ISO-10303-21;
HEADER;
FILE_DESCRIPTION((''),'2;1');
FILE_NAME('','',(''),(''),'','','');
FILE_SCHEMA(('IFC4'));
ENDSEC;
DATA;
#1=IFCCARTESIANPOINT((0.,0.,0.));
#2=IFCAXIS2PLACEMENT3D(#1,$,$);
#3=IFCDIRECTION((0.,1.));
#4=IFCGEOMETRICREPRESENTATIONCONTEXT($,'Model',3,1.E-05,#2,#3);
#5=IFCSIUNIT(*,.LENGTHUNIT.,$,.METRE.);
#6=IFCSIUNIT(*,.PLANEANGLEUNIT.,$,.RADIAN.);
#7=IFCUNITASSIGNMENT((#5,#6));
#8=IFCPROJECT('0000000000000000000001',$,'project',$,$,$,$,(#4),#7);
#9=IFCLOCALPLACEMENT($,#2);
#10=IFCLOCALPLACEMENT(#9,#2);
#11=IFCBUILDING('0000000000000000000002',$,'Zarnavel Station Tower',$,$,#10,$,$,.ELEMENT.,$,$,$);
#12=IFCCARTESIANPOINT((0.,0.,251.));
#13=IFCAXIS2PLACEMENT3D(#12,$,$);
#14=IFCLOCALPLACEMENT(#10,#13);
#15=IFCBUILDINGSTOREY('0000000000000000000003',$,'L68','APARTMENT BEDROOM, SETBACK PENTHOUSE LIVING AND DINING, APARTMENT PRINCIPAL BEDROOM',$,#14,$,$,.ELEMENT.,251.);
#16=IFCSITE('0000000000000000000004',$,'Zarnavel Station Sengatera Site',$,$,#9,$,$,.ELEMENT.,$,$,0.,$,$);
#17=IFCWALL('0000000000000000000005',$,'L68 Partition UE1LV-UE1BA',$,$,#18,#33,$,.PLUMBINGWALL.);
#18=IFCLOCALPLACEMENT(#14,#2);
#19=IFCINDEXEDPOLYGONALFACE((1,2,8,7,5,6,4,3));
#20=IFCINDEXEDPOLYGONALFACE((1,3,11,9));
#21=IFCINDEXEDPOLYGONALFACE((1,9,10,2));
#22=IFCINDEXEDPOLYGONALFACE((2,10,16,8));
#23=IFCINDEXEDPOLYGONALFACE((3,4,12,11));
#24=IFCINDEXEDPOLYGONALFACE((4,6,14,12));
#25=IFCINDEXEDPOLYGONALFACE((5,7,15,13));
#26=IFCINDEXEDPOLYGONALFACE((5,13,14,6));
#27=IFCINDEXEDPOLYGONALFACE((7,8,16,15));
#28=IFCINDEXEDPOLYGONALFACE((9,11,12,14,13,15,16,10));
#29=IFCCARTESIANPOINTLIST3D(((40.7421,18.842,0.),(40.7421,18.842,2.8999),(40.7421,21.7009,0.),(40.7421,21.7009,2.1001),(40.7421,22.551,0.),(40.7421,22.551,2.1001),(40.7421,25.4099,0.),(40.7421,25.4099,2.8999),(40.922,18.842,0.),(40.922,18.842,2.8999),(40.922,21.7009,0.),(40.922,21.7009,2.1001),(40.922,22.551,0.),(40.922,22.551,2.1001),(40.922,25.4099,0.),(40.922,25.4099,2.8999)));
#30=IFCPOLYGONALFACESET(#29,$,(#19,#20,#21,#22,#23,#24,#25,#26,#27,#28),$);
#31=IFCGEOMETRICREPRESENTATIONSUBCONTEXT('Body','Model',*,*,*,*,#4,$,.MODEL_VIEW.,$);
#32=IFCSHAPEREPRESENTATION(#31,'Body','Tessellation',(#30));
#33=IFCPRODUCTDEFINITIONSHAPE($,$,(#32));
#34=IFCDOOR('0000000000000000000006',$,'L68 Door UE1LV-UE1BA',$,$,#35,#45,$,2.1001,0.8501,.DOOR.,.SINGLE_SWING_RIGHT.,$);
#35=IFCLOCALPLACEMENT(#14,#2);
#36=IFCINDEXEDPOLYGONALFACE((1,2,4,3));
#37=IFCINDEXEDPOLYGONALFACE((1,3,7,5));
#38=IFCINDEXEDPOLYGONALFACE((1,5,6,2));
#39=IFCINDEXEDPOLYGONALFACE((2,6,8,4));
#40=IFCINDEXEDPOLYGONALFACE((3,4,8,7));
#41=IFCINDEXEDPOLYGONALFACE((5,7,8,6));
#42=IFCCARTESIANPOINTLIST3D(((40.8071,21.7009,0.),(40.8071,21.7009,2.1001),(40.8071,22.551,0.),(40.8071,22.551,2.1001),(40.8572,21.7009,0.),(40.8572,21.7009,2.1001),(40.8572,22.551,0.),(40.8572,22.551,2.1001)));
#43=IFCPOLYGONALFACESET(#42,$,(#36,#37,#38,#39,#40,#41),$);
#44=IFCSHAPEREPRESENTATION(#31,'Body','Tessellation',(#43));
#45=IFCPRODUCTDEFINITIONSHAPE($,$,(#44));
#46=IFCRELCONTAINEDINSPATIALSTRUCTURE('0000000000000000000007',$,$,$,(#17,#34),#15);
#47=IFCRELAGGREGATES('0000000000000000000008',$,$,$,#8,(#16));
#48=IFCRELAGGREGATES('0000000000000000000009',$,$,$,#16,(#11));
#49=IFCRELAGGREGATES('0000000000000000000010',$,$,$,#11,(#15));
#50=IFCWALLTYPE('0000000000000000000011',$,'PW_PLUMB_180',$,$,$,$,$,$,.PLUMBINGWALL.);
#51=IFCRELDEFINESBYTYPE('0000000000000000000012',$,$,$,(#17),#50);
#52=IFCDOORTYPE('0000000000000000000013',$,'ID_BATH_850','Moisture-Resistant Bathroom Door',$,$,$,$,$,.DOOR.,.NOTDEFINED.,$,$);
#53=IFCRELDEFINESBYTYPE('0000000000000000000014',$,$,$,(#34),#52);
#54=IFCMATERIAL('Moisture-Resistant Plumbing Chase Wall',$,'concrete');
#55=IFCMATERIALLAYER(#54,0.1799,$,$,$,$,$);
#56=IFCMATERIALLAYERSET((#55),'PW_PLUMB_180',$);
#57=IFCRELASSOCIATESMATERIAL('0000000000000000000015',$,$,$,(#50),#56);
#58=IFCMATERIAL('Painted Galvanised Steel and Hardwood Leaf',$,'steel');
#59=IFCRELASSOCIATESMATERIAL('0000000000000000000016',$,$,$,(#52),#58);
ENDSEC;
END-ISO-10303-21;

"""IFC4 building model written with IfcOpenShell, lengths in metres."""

from ifc_helpers import new_model, si_unit, direction, frame, frame_2d, origin, place, context, subcontext, project, spatial, rectangle, extrude, material, layer, layer_set, type_object, element, fill, save


model = new_model("IFC4")

# Units and contexts
model_context = context("Model", 3, precision=1e-05, world=origin(), true_north=direction((0.0, 1.0)))
body_context = subcontext(model_context, "Body", "Model", "MODEL_VIEW")
ifc_project = project(units=[si_unit("LENGTHUNIT", "METRE"), si_unit("PLANEANGLEUNIT", "RADIAN")], contexts=[model_context])

# Site, building, storey
site_placement = place(None, origin())
site = spatial("IfcSite", under=ifc_project, at=site_placement, Name="Zarnavel Station Sengatera Site", CompositionType="ELEMENT", RefElevation=0.0)
building_placement = place(site_placement, origin())
building = spatial("IfcBuilding", under=site, at=building_placement, Name="Zarnavel Station Tower", CompositionType="ELEMENT")
storey_placement = place(building_placement, frame((0.0, 0.0, 251.0)))
storey = spatial("IfcBuildingStorey", under=building, at=storey_placement, Name="L68", Description="APARTMENT BEDROOM, SETBACK PENTHOUSE LIVING AND DINING, APARTMENT PRINCIPAL BEDROOM", CompositionType="ELEMENT", Elevation=251.0)

# Wall, opening, door
ifc_material_1 = material(Name="Moisture-Resistant Plumbing Chase Wall", Category="concrete")
ifc_layer_1 = layer(ifc_material_1, 0.1799)
ifc_layer_set_1 = layer_set([ifc_layer_1], Name="PW_PLUMB_180")
wall_type_1 = type_object("IfcWallType", Name="PW_PLUMB_180", PredefinedType="PLUMBINGWALL", material=ifc_layer_set_1)
wall_1_placement = place(storey_placement, frame((40.832, 18.842, 0.0), z_axis=(0.0, 0.0, 1.0), x_axis=(0.0, 1.0, 0.0)))
wall_1 = element("IfcWall", 1, at=wall_1_placement, inside=storey, type_object=wall_type_1, Name="L68 Partition UE1LV-UE1BA", PredefinedType="PLUMBINGWALL", context=body_context, shape_type="SweptSolid", body=[
    extrude(rectangle(XDim=6.5679, YDim=0.1799, at=frame_2d((3.2839, 0.0))), origin(), (0.0, 0.0, 1.0), 2.8999),
])
opening_1_placement = place(wall_1_placement, frame((2.8589, 0.0, 0.0)))
opening_1 = element("IfcOpeningElement", 2, at=opening_1_placement, cuts=wall_1, PredefinedType="OPENING", context=body_context, shape_type="SweptSolid", body=[
    extrude(rectangle(XDim=0.8501, YDim=2.1001, at=frame_2d((0.425, 1.05))), frame((0.0, 0.0999, 0.0), z_axis=(0.0, -1.0, 0.0), x_axis=(1.0, 0.0, 0.0)), (0.0, 0.0, 1.0), 0.2),
])
ifc_material_2 = material(Name="Painted Galvanised Steel and Hardwood Leaf", Category="steel")
door_type_1 = type_object("IfcDoorType", Name="ID_BATH_850", Description="Moisture-Resistant Bathroom Door", OperationType="NOTDEFINED", PredefinedType="DOOR", material=ifc_material_2)
door_1_placement = place(opening_1_placement, origin())
door_1 = element("IfcDoor", 3, at=door_1_placement, inside=storey, type_object=door_type_1, Name="L68 Door UE1LV-UE1BA", OperationType="SINGLE_SWING_RIGHT", OverallHeight=2.1001, OverallWidth=0.8501, PredefinedType="DOOR", context=body_context, shape_type="SweptSolid", body=[
    extrude(rectangle(XDim=0.8501, YDim=2.1001, at=frame_2d((0.425, 1.05))), frame((0.0, 0.0249, 0.0), z_axis=(0.0, -1.0, 0.0), x_axis=(1.0, 0.0, 0.0)), (0.0, 0.0, 1.0), 0.05),
])
fill(opening_1, door_1)

save(model, "model.ifc")
